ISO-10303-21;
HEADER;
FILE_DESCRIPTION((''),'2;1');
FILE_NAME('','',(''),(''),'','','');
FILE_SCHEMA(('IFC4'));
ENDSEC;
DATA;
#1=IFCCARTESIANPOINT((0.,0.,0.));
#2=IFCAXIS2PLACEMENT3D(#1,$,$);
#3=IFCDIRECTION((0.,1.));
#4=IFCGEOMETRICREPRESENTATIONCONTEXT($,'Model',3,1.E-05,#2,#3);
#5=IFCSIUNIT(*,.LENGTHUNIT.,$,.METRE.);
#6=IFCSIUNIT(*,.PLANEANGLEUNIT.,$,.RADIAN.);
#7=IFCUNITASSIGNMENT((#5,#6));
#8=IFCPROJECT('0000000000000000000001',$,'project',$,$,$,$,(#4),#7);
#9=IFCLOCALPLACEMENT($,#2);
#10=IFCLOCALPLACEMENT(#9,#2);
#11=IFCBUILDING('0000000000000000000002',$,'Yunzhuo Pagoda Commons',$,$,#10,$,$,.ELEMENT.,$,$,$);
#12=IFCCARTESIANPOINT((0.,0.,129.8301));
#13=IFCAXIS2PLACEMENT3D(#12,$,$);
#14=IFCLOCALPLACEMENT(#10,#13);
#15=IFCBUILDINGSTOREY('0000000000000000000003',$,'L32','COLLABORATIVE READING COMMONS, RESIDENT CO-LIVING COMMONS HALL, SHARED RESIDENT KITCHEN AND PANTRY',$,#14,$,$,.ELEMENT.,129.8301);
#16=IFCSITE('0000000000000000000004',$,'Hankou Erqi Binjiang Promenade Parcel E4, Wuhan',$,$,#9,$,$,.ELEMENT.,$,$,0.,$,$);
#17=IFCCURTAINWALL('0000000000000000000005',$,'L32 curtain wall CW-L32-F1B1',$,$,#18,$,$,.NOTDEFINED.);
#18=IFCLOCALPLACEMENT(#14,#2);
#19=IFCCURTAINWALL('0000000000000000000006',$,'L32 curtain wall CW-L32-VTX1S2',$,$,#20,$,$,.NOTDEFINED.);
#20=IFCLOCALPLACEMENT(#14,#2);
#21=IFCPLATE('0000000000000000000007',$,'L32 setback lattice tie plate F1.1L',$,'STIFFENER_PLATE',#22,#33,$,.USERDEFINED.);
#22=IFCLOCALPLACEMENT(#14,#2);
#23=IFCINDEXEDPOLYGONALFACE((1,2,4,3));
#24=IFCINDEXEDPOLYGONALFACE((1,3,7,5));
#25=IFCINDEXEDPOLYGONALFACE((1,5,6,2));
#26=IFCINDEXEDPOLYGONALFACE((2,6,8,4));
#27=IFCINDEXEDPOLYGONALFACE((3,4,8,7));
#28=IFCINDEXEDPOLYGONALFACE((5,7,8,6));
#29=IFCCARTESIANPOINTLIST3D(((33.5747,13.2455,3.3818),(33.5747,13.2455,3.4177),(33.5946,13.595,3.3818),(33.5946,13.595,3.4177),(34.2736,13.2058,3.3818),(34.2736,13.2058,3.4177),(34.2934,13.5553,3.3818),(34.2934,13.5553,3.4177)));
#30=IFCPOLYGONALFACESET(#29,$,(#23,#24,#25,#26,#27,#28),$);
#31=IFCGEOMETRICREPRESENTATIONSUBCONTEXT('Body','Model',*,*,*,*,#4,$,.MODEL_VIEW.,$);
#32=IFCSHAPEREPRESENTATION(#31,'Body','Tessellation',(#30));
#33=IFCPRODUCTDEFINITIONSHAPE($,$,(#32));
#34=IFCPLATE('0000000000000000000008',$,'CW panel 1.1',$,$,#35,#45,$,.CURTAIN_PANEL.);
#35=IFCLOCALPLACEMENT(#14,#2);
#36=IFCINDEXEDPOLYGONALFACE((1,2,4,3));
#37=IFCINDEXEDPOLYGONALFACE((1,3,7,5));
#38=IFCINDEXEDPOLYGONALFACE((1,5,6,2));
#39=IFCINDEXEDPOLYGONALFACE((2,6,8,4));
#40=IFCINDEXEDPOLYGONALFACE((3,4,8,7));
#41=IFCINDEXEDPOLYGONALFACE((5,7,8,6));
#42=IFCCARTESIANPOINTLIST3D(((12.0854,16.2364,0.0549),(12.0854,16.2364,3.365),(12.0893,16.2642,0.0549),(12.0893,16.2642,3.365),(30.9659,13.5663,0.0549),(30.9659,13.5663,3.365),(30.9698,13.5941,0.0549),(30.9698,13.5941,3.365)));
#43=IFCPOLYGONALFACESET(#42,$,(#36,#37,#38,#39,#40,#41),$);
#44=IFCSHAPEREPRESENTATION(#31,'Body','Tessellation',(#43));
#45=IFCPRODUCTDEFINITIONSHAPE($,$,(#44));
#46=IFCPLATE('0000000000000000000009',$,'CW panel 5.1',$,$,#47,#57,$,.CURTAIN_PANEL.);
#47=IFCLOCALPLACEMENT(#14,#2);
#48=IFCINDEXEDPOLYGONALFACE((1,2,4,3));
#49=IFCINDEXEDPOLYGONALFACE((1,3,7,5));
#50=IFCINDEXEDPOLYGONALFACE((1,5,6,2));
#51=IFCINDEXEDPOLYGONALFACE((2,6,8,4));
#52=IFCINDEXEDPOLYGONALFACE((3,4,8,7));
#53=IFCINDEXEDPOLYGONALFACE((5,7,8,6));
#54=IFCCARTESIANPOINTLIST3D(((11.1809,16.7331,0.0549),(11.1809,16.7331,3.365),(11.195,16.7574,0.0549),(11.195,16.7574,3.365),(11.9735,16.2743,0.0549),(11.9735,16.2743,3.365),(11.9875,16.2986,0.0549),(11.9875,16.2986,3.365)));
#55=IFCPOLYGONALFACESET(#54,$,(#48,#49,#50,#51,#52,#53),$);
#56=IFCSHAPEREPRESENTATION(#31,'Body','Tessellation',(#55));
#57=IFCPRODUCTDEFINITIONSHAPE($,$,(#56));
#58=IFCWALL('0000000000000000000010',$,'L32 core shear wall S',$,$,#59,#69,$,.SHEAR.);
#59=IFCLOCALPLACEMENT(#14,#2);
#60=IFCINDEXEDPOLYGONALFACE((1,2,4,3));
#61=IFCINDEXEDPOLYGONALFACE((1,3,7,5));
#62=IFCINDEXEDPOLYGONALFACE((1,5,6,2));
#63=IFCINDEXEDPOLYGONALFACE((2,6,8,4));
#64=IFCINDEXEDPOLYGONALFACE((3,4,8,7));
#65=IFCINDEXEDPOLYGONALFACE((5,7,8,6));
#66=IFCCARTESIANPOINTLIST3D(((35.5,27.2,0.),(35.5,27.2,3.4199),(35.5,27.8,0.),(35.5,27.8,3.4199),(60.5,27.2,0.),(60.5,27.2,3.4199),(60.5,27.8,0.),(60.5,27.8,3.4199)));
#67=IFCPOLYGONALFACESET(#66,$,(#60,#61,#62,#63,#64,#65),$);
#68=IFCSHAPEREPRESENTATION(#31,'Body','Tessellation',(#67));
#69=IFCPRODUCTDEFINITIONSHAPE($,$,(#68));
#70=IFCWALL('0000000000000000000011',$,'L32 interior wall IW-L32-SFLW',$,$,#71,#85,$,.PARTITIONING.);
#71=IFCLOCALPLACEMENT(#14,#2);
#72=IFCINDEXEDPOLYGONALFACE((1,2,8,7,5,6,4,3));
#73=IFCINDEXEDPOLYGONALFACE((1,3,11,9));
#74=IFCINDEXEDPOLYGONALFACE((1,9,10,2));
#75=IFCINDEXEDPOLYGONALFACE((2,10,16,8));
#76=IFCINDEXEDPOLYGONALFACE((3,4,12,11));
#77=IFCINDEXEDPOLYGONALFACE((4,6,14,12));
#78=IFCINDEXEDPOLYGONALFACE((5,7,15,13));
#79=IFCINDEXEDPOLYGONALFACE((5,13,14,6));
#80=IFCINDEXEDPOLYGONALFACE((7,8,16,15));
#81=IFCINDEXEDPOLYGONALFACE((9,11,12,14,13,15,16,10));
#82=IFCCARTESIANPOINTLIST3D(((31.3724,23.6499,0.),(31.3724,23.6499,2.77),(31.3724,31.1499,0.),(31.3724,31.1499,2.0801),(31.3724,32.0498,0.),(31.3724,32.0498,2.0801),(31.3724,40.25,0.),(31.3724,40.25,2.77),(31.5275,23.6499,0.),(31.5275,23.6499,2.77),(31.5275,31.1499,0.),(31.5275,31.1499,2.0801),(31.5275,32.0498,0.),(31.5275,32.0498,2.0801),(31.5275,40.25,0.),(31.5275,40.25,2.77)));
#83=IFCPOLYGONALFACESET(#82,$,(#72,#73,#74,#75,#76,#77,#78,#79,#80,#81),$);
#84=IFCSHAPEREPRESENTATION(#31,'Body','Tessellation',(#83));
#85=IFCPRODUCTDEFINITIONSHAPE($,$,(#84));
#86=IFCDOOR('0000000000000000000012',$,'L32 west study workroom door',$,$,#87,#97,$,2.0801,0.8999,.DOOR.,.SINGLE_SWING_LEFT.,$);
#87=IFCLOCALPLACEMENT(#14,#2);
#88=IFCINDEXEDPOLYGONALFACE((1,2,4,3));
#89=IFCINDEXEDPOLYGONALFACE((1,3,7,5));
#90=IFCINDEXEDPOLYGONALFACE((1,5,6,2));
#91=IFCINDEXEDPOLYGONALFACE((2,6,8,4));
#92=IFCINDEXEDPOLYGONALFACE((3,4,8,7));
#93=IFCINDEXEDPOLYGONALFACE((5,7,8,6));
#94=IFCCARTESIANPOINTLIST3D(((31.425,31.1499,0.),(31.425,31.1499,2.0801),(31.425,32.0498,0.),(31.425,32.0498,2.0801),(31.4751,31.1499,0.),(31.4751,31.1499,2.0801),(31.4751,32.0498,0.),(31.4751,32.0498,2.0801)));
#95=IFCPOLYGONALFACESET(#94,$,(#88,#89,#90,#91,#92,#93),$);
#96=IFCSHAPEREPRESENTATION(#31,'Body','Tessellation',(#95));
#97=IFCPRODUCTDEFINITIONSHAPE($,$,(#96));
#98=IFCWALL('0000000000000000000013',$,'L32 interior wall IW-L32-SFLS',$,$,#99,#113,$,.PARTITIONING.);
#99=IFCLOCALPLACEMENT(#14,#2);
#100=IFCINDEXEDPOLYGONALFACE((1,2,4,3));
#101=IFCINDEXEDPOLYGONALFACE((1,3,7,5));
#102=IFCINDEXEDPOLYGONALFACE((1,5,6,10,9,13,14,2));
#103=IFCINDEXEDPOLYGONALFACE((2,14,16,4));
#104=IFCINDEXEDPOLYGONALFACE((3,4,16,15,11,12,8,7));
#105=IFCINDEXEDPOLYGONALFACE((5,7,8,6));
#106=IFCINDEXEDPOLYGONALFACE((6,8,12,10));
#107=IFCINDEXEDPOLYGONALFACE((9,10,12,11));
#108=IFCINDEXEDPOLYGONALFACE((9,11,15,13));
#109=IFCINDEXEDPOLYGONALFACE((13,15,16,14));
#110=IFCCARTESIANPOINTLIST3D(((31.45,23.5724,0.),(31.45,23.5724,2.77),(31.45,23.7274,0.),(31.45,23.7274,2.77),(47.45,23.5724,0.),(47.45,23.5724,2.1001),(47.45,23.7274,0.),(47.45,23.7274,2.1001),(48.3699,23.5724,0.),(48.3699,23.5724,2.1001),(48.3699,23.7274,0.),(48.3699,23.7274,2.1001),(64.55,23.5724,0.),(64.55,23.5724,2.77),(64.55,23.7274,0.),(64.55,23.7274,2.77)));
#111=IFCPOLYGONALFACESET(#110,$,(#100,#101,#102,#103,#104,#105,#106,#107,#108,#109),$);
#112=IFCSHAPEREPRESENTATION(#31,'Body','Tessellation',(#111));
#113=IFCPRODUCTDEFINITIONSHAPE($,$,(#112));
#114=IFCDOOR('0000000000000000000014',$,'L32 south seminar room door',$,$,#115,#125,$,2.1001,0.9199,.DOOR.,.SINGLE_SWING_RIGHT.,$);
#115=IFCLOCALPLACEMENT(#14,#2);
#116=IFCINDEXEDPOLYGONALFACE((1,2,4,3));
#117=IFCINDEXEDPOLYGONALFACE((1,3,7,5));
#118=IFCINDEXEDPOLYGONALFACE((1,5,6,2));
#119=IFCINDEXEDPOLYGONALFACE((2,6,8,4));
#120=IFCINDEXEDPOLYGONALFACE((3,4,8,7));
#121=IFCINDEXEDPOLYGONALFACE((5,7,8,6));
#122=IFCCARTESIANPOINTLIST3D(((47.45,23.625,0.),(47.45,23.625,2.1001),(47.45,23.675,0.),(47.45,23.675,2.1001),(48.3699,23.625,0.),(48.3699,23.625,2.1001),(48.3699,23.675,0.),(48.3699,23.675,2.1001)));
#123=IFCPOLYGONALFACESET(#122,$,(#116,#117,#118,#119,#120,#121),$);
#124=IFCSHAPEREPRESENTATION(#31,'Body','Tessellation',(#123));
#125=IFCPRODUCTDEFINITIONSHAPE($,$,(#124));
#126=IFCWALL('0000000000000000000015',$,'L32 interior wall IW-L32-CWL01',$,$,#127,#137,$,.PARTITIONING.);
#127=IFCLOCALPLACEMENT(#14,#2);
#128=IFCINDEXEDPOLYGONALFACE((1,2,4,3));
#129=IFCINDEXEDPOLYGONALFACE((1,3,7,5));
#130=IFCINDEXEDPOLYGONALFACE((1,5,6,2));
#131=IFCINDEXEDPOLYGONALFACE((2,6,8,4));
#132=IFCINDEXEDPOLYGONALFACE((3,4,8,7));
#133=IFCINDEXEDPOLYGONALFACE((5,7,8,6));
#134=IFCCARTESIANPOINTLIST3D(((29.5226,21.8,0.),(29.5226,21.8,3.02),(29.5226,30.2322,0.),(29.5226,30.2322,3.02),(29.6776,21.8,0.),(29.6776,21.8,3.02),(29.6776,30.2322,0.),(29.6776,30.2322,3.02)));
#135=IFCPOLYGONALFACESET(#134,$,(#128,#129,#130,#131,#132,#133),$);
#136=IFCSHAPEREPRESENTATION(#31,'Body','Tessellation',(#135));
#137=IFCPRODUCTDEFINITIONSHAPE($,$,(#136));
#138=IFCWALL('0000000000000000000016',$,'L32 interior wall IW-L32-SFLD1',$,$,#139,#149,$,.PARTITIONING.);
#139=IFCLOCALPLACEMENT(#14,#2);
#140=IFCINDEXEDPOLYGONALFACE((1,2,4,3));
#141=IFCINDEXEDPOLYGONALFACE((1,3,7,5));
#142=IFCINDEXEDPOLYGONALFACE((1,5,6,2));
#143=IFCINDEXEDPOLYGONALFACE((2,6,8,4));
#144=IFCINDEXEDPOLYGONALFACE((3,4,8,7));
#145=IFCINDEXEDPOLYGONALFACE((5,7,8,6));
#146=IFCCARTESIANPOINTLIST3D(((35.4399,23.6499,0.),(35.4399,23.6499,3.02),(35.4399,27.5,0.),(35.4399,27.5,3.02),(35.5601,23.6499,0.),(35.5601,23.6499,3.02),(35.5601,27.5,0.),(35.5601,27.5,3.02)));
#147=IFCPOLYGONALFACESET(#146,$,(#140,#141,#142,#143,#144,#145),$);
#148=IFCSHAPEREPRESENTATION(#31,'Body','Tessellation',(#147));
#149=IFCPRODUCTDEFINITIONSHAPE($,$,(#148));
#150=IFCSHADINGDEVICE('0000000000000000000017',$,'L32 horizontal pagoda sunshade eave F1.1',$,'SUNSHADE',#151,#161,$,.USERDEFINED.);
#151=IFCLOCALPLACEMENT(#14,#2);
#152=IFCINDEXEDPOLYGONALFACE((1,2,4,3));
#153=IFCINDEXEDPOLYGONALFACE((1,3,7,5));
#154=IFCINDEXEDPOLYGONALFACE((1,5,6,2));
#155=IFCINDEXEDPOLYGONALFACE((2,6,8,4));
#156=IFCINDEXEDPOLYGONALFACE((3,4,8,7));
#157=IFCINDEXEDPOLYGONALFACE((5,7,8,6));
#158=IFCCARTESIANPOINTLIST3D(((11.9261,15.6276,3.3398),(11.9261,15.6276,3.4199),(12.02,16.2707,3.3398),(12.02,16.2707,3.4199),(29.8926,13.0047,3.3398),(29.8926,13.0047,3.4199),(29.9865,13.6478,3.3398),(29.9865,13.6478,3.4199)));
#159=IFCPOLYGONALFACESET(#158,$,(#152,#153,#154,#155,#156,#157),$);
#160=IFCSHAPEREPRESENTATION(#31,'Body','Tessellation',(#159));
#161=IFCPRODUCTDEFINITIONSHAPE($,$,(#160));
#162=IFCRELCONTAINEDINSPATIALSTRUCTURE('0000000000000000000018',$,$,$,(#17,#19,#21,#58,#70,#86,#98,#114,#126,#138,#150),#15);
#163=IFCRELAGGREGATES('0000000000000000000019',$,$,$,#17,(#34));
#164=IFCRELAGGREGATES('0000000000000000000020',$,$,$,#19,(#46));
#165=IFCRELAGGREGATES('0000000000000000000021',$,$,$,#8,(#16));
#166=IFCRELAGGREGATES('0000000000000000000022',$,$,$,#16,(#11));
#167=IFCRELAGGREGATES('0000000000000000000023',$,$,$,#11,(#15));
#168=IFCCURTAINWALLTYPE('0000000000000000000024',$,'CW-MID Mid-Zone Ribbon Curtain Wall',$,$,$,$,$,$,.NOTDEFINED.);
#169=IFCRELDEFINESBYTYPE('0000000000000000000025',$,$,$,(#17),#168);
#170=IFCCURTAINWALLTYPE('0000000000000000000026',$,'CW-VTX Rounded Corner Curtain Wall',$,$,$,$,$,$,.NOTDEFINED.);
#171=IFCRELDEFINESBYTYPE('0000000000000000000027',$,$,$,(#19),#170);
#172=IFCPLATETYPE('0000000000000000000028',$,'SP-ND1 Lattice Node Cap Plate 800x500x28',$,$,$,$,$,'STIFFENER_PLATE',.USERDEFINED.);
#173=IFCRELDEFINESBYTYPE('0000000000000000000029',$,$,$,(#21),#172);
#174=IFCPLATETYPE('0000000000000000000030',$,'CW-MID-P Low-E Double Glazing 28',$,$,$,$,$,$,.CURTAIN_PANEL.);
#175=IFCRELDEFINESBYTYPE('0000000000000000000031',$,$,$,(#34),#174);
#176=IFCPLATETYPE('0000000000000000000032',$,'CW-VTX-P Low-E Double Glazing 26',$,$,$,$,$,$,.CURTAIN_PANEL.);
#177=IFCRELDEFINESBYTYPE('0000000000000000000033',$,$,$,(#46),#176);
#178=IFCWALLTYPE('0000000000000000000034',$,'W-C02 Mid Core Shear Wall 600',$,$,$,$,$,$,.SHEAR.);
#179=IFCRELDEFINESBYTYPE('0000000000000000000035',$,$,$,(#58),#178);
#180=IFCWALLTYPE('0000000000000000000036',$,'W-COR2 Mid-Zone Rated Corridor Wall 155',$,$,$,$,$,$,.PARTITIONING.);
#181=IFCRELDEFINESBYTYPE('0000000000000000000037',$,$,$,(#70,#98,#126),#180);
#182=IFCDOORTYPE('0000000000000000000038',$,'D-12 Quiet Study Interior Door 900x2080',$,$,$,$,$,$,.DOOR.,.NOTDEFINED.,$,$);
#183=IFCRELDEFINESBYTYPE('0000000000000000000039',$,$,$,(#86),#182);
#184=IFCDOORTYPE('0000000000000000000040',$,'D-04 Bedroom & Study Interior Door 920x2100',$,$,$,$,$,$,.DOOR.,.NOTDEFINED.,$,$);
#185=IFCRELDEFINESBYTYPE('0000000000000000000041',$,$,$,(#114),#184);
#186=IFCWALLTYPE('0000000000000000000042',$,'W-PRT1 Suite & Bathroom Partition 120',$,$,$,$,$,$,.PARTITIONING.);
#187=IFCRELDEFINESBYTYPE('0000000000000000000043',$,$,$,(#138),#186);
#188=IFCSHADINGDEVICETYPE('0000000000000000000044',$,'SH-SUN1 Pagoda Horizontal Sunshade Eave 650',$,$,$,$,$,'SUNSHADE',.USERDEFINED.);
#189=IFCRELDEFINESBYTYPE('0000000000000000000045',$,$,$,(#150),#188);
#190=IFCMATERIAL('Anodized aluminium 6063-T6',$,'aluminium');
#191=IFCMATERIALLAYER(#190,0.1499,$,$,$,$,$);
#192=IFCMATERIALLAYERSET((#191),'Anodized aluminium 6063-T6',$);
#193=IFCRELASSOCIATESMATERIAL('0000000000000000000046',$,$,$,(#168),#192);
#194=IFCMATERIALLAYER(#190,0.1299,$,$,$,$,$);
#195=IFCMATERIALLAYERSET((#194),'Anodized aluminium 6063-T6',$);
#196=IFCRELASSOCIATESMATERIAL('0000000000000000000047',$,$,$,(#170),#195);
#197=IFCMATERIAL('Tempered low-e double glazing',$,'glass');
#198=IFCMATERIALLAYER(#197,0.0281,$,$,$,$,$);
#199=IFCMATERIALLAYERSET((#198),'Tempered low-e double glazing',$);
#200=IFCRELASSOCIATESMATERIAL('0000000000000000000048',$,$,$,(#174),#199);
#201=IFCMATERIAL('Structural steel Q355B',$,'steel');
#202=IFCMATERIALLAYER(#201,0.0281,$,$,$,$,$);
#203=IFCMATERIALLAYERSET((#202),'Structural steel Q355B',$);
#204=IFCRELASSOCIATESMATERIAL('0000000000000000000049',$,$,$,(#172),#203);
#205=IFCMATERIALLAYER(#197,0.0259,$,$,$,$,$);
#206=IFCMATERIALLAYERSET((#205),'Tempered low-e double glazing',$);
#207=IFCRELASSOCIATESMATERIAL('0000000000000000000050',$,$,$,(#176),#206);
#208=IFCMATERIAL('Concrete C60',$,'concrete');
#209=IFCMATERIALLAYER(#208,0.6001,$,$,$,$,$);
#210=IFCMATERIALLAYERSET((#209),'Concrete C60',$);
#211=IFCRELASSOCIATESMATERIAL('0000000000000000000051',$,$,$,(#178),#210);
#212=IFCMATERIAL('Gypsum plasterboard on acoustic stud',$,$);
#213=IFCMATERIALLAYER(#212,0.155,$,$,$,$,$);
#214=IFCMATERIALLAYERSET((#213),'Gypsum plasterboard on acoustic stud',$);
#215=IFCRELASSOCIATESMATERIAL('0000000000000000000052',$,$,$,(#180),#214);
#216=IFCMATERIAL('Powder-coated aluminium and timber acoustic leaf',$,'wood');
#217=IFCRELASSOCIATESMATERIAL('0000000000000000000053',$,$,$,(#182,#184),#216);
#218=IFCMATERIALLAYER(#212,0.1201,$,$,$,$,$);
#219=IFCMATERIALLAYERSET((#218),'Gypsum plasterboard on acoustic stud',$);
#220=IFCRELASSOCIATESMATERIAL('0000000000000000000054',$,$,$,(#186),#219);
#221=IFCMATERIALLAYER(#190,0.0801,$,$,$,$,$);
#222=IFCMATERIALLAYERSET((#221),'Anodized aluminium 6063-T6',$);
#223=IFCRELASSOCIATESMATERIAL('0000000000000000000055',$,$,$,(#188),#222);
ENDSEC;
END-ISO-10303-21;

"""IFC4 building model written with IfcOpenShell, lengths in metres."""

from ifc_helpers import new_model, si_unit, direction, frame, frame_2d, origin, origin_with_axes, origin_2d, place, context, subcontext, project, spatial, rectangle, extrude, source, transform, mapped, material, layer, layer_set, type_object, element, fill, aggregate, save


model = new_model("IFC4")

# Units and contexts
model_context = context("Model", 3, precision=1e-05, world=origin(), true_north=direction((0.0, 1.0)))
body_context = subcontext(model_context, "Body", "Model", "MODEL_VIEW")
ifc_project = project(units=[si_unit("LENGTHUNIT", "METRE"), si_unit("PLANEANGLEUNIT", "RADIAN")], contexts=[model_context])

# Site, building, storey
site_placement = place(None, origin())
site = spatial("IfcSite", under=ifc_project, at=site_placement, Name="Hankou Erqi Binjiang Promenade Parcel E4, Wuhan", CompositionType="ELEMENT", RefElevation=0.0)
building_placement = place(site_placement, origin())
building = spatial("IfcBuilding", under=site, at=building_placement, Name="Yunzhuo Pagoda Commons", CompositionType="ELEMENT")
storey_placement = place(building_placement, frame((0.0, 0.0, 129.8301)))
storey = spatial("IfcBuildingStorey", under=building, at=storey_placement, Name="L32", Description="COLLABORATIVE READING COMMONS, RESIDENT CO-LIVING COMMONS HALL, SHARED RESIDENT KITCHEN AND PANTRY", CompositionType="ELEMENT", Elevation=129.8301)

# Shared definitions
ifc_material_1 = material(Name="Structural steel Q355B", Category="steel")

# Shared definitions
ifc_material_2 = material(Name="Anodized aluminium 6063-T6", Category="aluminium")
ifc_layer_1 = layer(ifc_material_2, 0.1499)
ifc_layer_set_1 = layer_set([ifc_layer_1], Name="Anodized aluminium 6063-T6")
curtain_wall_type_1 = type_object("IfcCurtainWallType", Name="CW-MID Mid-Zone Ribbon Curtain Wall", PredefinedType="NOTDEFINED", material=ifc_layer_set_1)

# Curtain wall
curtain_wall_1_placement = place(storey_placement, origin())
curtain_wall_1 = element("IfcCurtainWall", 1, at=curtain_wall_1_placement, inside=storey, type_object=curtain_wall_type_1, Name="L32 curtain wall CW-L32-F1B1", PredefinedType="NOTDEFINED")

# Curtain wall
ifc_layer_2 = layer(ifc_material_2, 0.1299)
ifc_layer_set_2 = layer_set([ifc_layer_2], Name="Anodized aluminium 6063-T6")
curtain_wall_type_2 = type_object("IfcCurtainWallType", Name="CW-VTX Rounded Corner Curtain Wall", PredefinedType="NOTDEFINED", material=ifc_layer_set_2)
curtain_wall_2_placement = place(storey_placement, origin())
curtain_wall_2 = element("IfcCurtainWall", 2, at=curtain_wall_2_placement, inside=storey, type_object=curtain_wall_type_2, Name="L32 curtain wall CW-L32-VTX1S2", PredefinedType="NOTDEFINED")

# Shared definitions
ifc_material_3 = material(Name="Tempered low-e double glazing", Category="glass")
ifc_layer_3 = layer(ifc_material_3, 0.0281)
ifc_layer_set_3 = layer_set([ifc_layer_3], Name="Tempered low-e double glazing")
plate_type_1 = type_object("IfcPlateType", Name="CW-MID-P Low-E Double Glazing 28", PredefinedType="CURTAIN_PANEL", material=ifc_layer_set_3)

# Plate
ifc_layer_4 = layer(ifc_material_1, 0.0281)
ifc_layer_set_4 = layer_set([ifc_layer_4], Name="Structural steel Q355B")
plate_type_2 = type_object("IfcPlateType", Name="SP-ND1 Lattice Node Cap Plate 800x500x28", ElementType="STIFFENER_PLATE", PredefinedType="USERDEFINED", material=ifc_layer_set_4)
shared_shape_1 = source(origin(), body_context, "Body", "SweptSolid", [
    extrude(rectangle(XDim=0.7, YDim=0.3501, at=origin_2d()), origin(), (0.0, 0.0, 1.0), 0.0359),
])
plate_1_placement = place(storey_placement, frame((33.9341, 13.4004, 3.3818), z_axis=(0.0, 0.0, 1.0), x_axis=(0.998389, -0.056745, 0.0)))
element("IfcPlate", 3, at=plate_1_placement, inside=storey, type_object=plate_type_2, Name="L32 setback lattice tie plate F1.1L", ObjectType="STIFFENER_PLATE", PredefinedType="USERDEFINED", context=body_context, shape_type="MappedRepresentation", body=[
    mapped(shared_shape_1, transform((0.0, 0.0, 0.0), scale=1.0)),
])

# Plates
shared_shape_2 = source(origin(), body_context, "Body", "SweptSolid", [
    extrude(rectangle(XDim=19.0684, YDim=0.0281, at=origin_2d()), origin(), (0.0, 0.0, 1.0), 3.3101),
])
plate_2_placement = place(storey_placement, frame((21.5276, 14.9153, 0.0549), z_axis=(0.0, 0.0, 1.0), x_axis=(0.990148, -0.140027, 0.0)))
plate_2 = element("IfcPlate", 4, at=plate_2_placement, type_object=plate_type_1, Name="CW panel 1.1", PredefinedType="CURTAIN_PANEL", context=body_context, shape_type="MappedRepresentation", body=[
    mapped(shared_shape_2, transform((0.0, 0.0, 0.0), scale=1.0)),
])
aggregate(curtain_wall_1, [plate_2])
ifc_layer_5 = layer(ifc_material_3, 0.0259)
ifc_layer_set_5 = layer_set([ifc_layer_5], Name="Tempered low-e double glazing")
plate_type_3 = type_object("IfcPlateType", Name="CW-VTX-P Low-E Double Glazing 26", PredefinedType="CURTAIN_PANEL", material=ifc_layer_set_5)
shared_shape_3 = source(origin(), body_context, "Body", "SweptSolid", [
    extrude(rectangle(XDim=0.9158, YDim=0.0281, at=origin_2d()), origin(), (0.0, 0.0, 1.0), 3.3101),
])
plate_3_placement = place(storey_placement, frame((11.5842, 16.5159, 0.0549), z_axis=(0.0, 0.0, 1.0), x_axis=(0.865425, -0.501038, 0.0)))
plate_3 = element("IfcPlate", 5, at=plate_3_placement, type_object=plate_type_3, Name="CW panel 5.1", PredefinedType="CURTAIN_PANEL", context=body_context, shape_type="MappedRepresentation", body=[
    mapped(shared_shape_3, transform((0.0, 0.0, 0.0), scale=1.0)),
])
aggregate(curtain_wall_2, [plate_3])

# Wall
ifc_material_4 = material(Name="Concrete C60", Category="concrete")
ifc_layer_6 = layer(ifc_material_4, 0.6001)
ifc_layer_set_6 = layer_set([ifc_layer_6], Name="Concrete C60")
wall_type_1 = type_object("IfcWallType", Name="W-C02 Mid Core Shear Wall 600", PredefinedType="SHEAR", material=ifc_layer_set_6)
wall_1_placement = place(storey_placement, frame((35.5, 27.5, 0.0), z_axis=(0.0, 0.0, 1.0), x_axis=(1.0, 0.0, 0.0)))
element("IfcWall", 6, at=wall_1_placement, inside=storey, type_object=wall_type_1, Name="L32 core shear wall S", PredefinedType="SHEAR", context=body_context, shape_type="SweptSolid", body=[
    extrude(rectangle(XDim=25.0, YDim=0.6001, at=frame_2d((12.5, 0.0))), origin(), (0.0, 0.0, 1.0), 3.4199),
])

# Walls, openings, doors
ifc_material_5 = material(Name="Gypsum plasterboard on acoustic stud")
ifc_layer_7 = layer(ifc_material_5, 0.155)
ifc_layer_set_7 = layer_set([ifc_layer_7], Name="Gypsum plasterboard on acoustic stud")
wall_type_2 = type_object("IfcWallType", Name="W-COR2 Mid-Zone Rated Corridor Wall 155", PredefinedType="PARTITIONING", material=ifc_layer_set_7)
wall_2_placement = place(storey_placement, frame((31.45, 23.6499, 0.0), z_axis=(0.0, 0.0, 1.0), x_axis=(0.0, 1.0, 0.0)))
wall_2 = element("IfcWall", 7, at=wall_2_placement, inside=storey, type_object=wall_type_2, Name="L32 interior wall IW-L32-SFLW", PredefinedType="PARTITIONING", context=body_context, shape_type="SweptSolid", body=[
    extrude(rectangle(XDim=16.6001, YDim=0.155, at=frame_2d((8.3, 0.0))), origin(), (0.0, 0.0, 1.0), 2.77),
])
opening_1_placement = place(wall_2_placement, frame((7.5, 0.0, 0.0)))
opening_1 = element("IfcOpeningElement", 8, at=opening_1_placement, cuts=wall_2, PredefinedType="OPENING", context=body_context, shape_type="SweptSolid", body=[
    extrude(rectangle(XDim=0.8999, YDim=2.0801, at=frame_2d((0.45, 1.04))), frame((0.0, 0.0874, 0.0), z_axis=(0.0, -1.0, 0.0), x_axis=(1.0, 0.0, 0.0)), (0.0, 0.0, 1.0), 0.175),
])
ifc_material_6 = material(Name="Powder-coated aluminium and timber acoustic leaf", Category="wood")
door_type_1 = type_object("IfcDoorType", Name="D-12 Quiet Study Interior Door 900x2080", OperationType="NOTDEFINED", PredefinedType="DOOR", material=ifc_material_6)
shared_shape_4 = source(origin(), body_context, "Body", "SweptSolid", [
    extrude(rectangle(XDim=0.8999, YDim=2.0801, at=frame_2d((0.45, 1.04))), frame((0.0, 0.0249, 0.0), z_axis=(0.0, -1.0, 0.0), x_axis=(1.0, 0.0, 0.0)), (0.0, 0.0, 1.0), 0.05),
])
door_1_placement = place(opening_1_placement, origin_with_axes())
door_1 = element("IfcDoor", 9, at=door_1_placement, inside=storey, type_object=door_type_1, Name="L32 west study workroom door", OperationType="SINGLE_SWING_LEFT", OverallHeight=2.0801, OverallWidth=0.8999, PredefinedType="DOOR", context=body_context, shape_type="MappedRepresentation", body=[
    mapped(shared_shape_4, transform((0.0, 0.0, 0.0), scale=1.0)),
])
fill(opening_1, door_1)
wall_3_placement = place(storey_placement, frame((31.45, 23.6499, 0.0), z_axis=(0.0, 0.0, 1.0), x_axis=(1.0, 0.0, 0.0)))
wall_3 = element("IfcWall", 10, at=wall_3_placement, inside=storey, type_object=wall_type_2, Name="L32 interior wall IW-L32-SFLS", PredefinedType="PARTITIONING", context=body_context, shape_type="SweptSolid", body=[
    extrude(rectangle(XDim=33.1001, YDim=0.155, at=frame_2d((16.55, 0.0))), origin(), (0.0, 0.0, 1.0), 2.77),
])
opening_2_placement = place(wall_3_placement, frame((16.0, 0.0, 0.0)))
opening_2 = element("IfcOpeningElement", 11, at=opening_2_placement, cuts=wall_3, PredefinedType="OPENING", context=body_context, shape_type="SweptSolid", body=[
    extrude(rectangle(XDim=0.9199, YDim=2.1001, at=frame_2d((0.46, 1.05))), frame((0.0, 0.0874, 0.0), z_axis=(0.0, -1.0, 0.0), x_axis=(1.0, 0.0, 0.0)), (0.0, 0.0, 1.0), 0.175),
])
door_type_2 = type_object("IfcDoorType", Name="D-04 Bedroom & Study Interior Door 920x2100", OperationType="NOTDEFINED", PredefinedType="DOOR", material=ifc_material_6)
shared_shape_5 = source(origin(), body_context, "Body", "SweptSolid", [
    extrude(rectangle(XDim=0.9199, YDim=2.1001, at=frame_2d((0.46, 1.05))), frame((0.0, 0.0249, 0.0), z_axis=(0.0, -1.0, 0.0), x_axis=(1.0, 0.0, 0.0)), (0.0, 0.0, 1.0), 0.05),
])
door_2_placement = place(opening_2_placement, frame((0.9199, 0.0, 0.0), z_axis=(0.0, 0.0, 1.0), x_axis=(-1.0, 0.0, 0.0)))
door_2 = element("IfcDoor", 12, at=door_2_placement, inside=storey, type_object=door_type_2, Name="L32 south seminar room door", OperationType="SINGLE_SWING_RIGHT", OverallHeight=2.1001, OverallWidth=0.9199, PredefinedType="DOOR", context=body_context, shape_type="MappedRepresentation", body=[
    mapped(shared_shape_5, transform((0.0, 0.0, 0.0), scale=1.0)),
])
fill(opening_2, door_2)

# Walls
wall_4_placement = place(storey_placement, frame((29.6001, 21.8, 0.0), z_axis=(0.0, 0.0, 1.0), x_axis=(0.0, 1.0, 0.0)))
element("IfcWall", 13, at=wall_4_placement, inside=storey, type_object=wall_type_2, Name="L32 interior wall IW-L32-CWL01", PredefinedType="PARTITIONING", context=body_context, shape_type="SweptSolid", body=[
    extrude(rectangle(XDim=8.4321, YDim=0.155, at=frame_2d((4.2161, 0.0))), origin(), (0.0, 0.0, 1.0), 3.02),
])
ifc_layer_8 = layer(ifc_material_5, 0.1201)
ifc_layer_set_8 = layer_set([ifc_layer_8], Name="Gypsum plasterboard on acoustic stud")
wall_type_3 = type_object("IfcWallType", Name="W-PRT1 Suite & Bathroom Partition 120", PredefinedType="PARTITIONING", material=ifc_layer_set_8)
wall_5_placement = place(storey_placement, frame((35.5, 23.6499, 0.0), z_axis=(0.0, 0.0, 1.0), x_axis=(0.0, 1.0, 0.0)))
element("IfcWall", 14, at=wall_5_placement, inside=storey, type_object=wall_type_3, Name="L32 interior wall IW-L32-SFLD1", PredefinedType="PARTITIONING", context=body_context, shape_type="SweptSolid", body=[
    extrude(rectangle(XDim=3.8501, YDim=0.1201, at=frame_2d((1.925, 0.0))), origin(), (0.0, 0.0, 1.0), 3.02),
])

# Shading device
ifc_layer_9 = layer(ifc_material_2, 0.0801)
ifc_layer_set_9 = layer_set([ifc_layer_9], Name="Anodized aluminium 6063-T6")
shading_device_type = type_object("IfcShadingDeviceType", Name="SH-SUN1 Pagoda Horizontal Sunshade Eave 650", ElementType="SUNSHADE", PredefinedType="USERDEFINED", material=ifc_layer_set_9)
shared_shape_6 = source(origin(), body_context, "Body", "SweptSolid", [
    extrude(rectangle(XDim=18.157, YDim=0.6499, at=origin_2d()), origin(), (0.0, 0.0, 1.0), 0.0801),
])
shading_device_placement = place(storey_placement, frame((20.9563, 14.6377, 3.3398), z_axis=(0.0, 0.0, 1.0), x_axis=(0.989511, -0.14446, 0.0)))
element("IfcShadingDevice", 15, at=shading_device_placement, inside=storey, type_object=shading_device_type, Name="L32 horizontal pagoda sunshade eave F1.1", ObjectType="SUNSHADE", PredefinedType="USERDEFINED", context=body_context, shape_type="MappedRepresentation", body=[
    mapped(shared_shape_6, transform((0.0, 0.0, 0.0), scale=1.0)),
])

save(model, "model.ifc")
